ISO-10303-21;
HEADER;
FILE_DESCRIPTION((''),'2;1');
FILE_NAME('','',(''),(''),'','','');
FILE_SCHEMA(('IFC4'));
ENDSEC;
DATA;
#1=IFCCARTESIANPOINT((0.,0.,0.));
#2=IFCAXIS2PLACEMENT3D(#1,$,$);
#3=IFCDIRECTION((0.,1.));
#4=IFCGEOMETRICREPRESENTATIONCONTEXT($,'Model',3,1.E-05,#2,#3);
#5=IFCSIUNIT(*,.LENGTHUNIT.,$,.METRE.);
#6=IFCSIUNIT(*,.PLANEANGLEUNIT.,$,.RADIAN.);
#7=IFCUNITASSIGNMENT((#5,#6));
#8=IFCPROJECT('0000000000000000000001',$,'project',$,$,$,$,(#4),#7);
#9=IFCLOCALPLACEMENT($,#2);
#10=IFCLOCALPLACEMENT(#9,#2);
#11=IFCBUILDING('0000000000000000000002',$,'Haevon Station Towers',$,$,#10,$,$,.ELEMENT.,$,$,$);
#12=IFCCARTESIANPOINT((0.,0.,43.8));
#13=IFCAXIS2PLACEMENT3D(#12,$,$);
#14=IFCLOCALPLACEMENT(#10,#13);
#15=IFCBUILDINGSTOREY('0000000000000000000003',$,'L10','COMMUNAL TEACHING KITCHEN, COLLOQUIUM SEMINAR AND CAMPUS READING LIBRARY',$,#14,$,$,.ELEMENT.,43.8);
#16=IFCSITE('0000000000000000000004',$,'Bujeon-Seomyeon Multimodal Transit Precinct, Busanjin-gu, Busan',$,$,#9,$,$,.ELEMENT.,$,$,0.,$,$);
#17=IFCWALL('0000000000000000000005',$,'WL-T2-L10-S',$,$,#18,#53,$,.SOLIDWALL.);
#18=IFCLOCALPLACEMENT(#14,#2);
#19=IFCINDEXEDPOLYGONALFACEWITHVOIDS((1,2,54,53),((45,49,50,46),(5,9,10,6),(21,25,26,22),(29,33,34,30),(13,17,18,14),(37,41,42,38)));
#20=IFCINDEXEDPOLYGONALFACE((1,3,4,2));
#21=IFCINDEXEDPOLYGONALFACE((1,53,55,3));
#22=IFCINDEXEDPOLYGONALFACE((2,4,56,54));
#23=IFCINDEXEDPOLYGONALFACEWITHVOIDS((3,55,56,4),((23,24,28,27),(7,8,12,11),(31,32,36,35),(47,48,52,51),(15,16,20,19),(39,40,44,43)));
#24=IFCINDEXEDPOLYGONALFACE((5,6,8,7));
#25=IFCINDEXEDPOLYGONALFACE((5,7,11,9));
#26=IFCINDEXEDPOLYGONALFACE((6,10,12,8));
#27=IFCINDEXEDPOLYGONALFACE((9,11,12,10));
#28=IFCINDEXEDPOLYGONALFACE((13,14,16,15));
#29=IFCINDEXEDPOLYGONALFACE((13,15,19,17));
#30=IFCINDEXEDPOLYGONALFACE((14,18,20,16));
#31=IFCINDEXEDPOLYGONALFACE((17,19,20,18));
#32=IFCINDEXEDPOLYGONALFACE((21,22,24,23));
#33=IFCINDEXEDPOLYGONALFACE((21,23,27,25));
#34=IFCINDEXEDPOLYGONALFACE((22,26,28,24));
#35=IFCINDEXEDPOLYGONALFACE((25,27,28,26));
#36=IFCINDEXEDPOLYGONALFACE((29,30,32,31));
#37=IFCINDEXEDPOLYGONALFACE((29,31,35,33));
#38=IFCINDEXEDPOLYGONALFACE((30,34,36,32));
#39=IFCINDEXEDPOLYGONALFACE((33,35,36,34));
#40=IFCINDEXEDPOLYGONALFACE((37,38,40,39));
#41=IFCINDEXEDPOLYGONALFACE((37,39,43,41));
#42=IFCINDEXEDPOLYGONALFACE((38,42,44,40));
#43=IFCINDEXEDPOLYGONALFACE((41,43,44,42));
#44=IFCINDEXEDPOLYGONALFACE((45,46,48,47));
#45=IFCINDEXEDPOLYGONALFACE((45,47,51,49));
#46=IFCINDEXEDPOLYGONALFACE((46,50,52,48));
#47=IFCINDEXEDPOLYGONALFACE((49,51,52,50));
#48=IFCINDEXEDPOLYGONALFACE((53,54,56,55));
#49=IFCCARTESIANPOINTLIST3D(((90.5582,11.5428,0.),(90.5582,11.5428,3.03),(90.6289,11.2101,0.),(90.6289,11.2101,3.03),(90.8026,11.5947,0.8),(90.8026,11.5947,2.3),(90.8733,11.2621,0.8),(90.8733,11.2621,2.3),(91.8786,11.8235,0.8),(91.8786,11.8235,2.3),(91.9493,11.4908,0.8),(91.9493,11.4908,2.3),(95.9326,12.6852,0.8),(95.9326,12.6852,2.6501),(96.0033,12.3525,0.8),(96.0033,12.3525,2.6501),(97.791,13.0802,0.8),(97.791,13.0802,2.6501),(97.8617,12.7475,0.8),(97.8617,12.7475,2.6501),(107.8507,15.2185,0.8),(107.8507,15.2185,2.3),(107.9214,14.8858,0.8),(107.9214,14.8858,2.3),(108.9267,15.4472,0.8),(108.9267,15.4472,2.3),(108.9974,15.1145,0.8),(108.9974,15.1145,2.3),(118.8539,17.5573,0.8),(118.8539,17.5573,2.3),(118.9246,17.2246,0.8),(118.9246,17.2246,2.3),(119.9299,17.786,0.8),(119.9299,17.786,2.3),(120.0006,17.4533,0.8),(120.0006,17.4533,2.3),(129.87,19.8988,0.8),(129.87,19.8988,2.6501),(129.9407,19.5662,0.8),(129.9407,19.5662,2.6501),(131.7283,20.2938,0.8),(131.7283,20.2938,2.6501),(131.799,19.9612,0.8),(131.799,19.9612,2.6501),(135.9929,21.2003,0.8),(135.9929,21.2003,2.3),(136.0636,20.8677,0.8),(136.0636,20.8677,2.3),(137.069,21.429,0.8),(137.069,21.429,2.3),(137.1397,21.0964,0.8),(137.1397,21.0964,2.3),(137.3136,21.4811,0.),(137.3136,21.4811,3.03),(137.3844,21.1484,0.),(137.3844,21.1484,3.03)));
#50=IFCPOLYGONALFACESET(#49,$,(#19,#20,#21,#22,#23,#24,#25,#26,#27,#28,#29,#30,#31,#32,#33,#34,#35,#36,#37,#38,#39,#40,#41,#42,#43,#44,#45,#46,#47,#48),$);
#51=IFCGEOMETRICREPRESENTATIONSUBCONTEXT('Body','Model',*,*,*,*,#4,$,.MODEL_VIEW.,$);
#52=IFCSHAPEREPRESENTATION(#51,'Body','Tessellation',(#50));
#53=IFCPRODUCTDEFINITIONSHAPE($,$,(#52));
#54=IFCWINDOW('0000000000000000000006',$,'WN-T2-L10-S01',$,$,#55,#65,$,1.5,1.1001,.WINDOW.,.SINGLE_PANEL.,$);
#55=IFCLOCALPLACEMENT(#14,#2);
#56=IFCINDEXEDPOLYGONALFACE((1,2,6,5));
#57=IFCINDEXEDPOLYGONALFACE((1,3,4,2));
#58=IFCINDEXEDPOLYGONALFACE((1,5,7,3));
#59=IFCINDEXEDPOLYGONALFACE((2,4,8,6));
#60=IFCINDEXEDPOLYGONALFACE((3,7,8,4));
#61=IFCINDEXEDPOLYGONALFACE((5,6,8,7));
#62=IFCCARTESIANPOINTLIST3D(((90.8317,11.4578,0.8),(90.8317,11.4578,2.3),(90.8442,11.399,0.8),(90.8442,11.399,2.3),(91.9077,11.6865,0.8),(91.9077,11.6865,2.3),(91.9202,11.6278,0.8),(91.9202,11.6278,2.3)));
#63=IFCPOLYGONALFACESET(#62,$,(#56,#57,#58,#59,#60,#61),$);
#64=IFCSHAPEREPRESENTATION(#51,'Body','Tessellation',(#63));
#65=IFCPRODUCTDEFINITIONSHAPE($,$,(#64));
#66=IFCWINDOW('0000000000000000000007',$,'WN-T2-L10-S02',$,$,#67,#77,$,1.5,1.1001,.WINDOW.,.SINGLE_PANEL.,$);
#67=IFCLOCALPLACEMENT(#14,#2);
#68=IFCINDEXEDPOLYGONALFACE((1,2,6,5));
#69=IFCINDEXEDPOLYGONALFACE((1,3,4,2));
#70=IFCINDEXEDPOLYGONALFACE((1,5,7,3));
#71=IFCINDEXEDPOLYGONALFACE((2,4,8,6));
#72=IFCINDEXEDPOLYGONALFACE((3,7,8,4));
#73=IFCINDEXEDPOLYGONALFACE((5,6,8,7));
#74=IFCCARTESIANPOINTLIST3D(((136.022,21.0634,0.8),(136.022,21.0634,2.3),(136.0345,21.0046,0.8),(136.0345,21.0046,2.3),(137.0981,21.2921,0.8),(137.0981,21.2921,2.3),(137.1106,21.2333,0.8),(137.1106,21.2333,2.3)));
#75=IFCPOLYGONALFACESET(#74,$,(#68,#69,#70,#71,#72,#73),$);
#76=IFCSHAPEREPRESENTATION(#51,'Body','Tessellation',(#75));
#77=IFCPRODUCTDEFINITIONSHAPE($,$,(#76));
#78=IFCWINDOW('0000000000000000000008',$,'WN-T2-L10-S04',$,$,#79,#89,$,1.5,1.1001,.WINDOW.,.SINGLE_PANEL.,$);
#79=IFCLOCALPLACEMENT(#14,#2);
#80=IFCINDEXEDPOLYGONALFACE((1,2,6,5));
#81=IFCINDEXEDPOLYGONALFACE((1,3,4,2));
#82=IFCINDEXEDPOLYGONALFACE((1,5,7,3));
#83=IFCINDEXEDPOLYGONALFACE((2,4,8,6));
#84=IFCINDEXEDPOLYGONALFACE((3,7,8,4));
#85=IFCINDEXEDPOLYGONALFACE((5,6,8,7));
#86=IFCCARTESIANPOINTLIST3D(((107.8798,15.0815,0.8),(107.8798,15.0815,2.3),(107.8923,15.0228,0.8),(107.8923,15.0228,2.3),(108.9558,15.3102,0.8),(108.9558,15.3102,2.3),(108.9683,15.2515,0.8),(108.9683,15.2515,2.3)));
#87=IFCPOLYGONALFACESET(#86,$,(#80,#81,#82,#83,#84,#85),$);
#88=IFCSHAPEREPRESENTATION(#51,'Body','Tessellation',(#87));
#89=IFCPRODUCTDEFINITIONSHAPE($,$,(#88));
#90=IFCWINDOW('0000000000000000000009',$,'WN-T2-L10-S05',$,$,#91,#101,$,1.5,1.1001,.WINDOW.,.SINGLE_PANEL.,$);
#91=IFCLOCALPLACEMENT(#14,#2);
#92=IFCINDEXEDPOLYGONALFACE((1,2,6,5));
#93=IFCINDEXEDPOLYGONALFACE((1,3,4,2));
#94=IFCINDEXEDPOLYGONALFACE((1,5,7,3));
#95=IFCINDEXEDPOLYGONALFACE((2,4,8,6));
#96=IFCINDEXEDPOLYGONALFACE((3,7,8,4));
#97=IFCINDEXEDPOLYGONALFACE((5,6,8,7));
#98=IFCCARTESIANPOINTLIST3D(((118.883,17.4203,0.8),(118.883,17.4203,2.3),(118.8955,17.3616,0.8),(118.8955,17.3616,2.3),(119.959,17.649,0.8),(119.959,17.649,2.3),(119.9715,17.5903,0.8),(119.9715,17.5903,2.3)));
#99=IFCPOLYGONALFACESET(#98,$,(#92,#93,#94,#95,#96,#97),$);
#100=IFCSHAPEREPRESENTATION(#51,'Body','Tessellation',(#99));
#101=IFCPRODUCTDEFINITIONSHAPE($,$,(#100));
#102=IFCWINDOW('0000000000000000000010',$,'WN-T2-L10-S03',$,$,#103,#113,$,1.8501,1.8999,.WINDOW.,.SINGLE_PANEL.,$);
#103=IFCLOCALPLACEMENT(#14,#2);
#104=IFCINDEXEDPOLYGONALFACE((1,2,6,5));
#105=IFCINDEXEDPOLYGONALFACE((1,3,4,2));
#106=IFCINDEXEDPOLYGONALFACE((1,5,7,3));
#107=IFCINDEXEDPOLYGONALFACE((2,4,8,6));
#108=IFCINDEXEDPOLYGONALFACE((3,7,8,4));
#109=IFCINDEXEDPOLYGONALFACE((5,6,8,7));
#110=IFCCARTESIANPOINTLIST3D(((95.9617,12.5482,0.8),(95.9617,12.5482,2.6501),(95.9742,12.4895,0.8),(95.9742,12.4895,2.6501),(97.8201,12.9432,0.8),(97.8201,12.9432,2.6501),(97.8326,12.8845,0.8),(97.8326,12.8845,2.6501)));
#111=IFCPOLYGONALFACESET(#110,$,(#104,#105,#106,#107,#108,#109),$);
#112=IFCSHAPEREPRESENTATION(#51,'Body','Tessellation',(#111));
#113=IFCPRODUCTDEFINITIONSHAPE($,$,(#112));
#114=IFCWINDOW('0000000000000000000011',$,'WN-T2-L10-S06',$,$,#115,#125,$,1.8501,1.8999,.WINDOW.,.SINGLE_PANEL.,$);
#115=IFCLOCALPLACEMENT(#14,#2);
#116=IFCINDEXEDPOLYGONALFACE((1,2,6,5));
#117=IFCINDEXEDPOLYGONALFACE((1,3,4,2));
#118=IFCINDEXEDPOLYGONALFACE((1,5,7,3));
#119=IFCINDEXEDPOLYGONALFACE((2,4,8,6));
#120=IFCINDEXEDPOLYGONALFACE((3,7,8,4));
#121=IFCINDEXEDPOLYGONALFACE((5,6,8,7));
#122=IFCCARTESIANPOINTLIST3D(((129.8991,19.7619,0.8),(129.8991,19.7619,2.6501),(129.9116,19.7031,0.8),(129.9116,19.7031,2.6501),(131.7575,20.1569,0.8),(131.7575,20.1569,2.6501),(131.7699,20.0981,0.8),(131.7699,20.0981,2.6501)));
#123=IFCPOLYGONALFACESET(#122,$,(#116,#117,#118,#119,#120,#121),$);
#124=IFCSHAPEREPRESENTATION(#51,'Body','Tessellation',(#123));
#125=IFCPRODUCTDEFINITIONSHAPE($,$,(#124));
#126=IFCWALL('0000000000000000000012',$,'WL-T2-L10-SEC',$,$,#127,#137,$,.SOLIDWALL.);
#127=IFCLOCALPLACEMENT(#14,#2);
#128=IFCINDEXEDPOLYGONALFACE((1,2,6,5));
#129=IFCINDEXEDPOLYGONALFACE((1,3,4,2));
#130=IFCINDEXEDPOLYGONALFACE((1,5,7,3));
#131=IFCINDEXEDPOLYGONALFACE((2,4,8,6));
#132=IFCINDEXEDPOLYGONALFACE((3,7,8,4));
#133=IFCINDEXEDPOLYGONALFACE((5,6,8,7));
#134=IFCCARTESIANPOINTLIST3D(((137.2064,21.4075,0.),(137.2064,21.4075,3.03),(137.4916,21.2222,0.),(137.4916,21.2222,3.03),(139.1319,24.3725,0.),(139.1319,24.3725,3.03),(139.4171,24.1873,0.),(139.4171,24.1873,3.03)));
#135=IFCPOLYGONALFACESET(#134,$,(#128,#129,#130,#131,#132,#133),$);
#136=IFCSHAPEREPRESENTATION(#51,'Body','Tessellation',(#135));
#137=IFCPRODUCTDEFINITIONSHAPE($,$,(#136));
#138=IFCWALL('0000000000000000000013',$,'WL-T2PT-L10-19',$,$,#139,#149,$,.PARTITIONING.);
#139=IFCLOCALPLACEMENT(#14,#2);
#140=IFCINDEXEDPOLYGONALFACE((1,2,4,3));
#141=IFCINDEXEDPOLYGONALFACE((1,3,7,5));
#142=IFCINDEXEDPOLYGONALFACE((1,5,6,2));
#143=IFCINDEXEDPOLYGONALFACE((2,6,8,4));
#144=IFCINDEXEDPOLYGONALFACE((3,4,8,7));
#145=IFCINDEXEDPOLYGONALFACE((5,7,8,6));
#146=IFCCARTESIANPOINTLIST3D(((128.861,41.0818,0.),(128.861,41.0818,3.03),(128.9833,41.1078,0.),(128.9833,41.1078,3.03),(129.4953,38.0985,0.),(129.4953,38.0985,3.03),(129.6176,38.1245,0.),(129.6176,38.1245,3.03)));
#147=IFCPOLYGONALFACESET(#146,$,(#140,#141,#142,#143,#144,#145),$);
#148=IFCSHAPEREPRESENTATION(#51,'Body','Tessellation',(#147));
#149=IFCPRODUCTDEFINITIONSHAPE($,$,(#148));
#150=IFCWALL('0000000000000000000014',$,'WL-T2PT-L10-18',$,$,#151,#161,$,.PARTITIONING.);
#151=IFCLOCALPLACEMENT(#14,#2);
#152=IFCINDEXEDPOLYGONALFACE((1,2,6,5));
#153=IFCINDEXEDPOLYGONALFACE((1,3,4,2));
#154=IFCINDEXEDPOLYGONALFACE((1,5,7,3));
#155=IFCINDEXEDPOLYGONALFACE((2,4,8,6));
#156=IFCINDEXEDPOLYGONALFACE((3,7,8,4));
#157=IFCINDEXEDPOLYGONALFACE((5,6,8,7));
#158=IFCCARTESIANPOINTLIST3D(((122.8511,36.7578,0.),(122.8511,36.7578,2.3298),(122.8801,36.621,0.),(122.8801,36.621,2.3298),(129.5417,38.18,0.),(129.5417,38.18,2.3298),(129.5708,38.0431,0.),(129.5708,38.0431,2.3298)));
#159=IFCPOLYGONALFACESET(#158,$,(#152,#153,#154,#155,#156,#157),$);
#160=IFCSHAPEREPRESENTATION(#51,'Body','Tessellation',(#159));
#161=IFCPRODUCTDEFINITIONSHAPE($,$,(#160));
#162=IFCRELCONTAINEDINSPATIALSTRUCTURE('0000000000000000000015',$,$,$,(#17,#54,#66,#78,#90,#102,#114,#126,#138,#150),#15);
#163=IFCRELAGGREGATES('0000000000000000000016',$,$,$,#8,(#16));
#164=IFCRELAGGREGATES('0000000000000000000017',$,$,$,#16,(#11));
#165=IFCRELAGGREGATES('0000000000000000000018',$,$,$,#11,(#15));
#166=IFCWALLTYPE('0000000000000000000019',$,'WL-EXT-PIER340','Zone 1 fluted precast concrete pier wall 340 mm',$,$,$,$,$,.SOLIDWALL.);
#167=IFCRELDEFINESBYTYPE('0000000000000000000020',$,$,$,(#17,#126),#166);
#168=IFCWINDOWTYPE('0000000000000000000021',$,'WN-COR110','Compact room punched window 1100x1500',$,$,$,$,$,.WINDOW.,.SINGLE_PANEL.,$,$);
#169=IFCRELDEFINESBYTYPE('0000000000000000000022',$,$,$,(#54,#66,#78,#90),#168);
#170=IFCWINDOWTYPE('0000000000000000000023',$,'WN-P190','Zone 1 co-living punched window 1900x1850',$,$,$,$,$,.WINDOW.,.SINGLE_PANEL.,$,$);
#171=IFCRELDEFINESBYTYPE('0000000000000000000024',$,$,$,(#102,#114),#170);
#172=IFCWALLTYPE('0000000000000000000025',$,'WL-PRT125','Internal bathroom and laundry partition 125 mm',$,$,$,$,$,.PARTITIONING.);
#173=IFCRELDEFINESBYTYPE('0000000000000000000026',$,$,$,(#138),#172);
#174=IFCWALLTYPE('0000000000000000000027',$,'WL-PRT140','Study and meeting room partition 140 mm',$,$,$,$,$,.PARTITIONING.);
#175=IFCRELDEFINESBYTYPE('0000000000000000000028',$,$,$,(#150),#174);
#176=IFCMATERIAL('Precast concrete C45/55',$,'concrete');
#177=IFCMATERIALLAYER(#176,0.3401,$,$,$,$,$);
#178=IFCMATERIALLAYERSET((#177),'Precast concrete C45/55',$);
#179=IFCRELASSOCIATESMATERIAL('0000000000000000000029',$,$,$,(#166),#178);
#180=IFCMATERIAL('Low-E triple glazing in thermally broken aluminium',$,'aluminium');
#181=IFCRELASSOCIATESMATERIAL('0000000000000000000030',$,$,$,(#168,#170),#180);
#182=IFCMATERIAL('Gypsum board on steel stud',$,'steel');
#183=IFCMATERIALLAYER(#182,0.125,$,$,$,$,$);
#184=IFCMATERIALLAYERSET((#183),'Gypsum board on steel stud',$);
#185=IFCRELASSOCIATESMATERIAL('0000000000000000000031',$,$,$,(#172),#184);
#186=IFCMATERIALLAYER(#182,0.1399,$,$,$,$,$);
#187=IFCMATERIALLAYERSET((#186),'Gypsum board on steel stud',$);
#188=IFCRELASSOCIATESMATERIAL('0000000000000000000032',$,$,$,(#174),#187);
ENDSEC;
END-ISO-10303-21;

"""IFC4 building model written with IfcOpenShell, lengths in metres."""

from ifc_helpers import new_model, si_unit, direction, frame, frame_2d, origin, place, context, subcontext, project, spatial, rectangle, extrude, material, layer, layer_set, type_object, element, fill, save


model = new_model("IFC4")

# Units and contexts
model_context = context("Model", 3, precision=1e-05, world=origin(), true_north=direction((0.0, 1.0)))
body_context = subcontext(model_context, "Body", "Model", "MODEL_VIEW")
ifc_project = project(units=[si_unit("LENGTHUNIT", "METRE"), si_unit("PLANEANGLEUNIT", "RADIAN")], contexts=[model_context])

# Site, building, storey
site_placement = place(None, origin())
site = spatial("IfcSite", under=ifc_project, at=site_placement, Name="Bujeon-Seomyeon Multimodal Transit Precinct, Busanjin-gu, Busan", CompositionType="ELEMENT", RefElevation=0.0)
building_placement = place(site_placement, origin())
building = spatial("IfcBuilding", under=site, at=building_placement, Name="Haevon Station Towers", CompositionType="ELEMENT")
storey_placement = place(building_placement, frame((0.0, 0.0, 43.8)))
storey = spatial("IfcBuildingStorey", under=building, at=storey_placement, Name="L10", Description="COMMUNAL TEACHING KITCHEN, COLLOQUIUM SEMINAR AND CAMPUS READING LIBRARY", CompositionType="ELEMENT", Elevation=43.8)

# Wall, openings, windows
ifc_material_1 = material(Name="Precast concrete C45/55", Category="concrete")
ifc_layer_1 = layer(ifc_material_1, 0.3401)
ifc_layer_set_1 = layer_set([ifc_layer_1], Name="Precast concrete C45/55")
wall_type_1 = type_object("IfcWallType", Name="WL-EXT-PIER340", Description="Zone 1 fluted precast concrete pier wall 340 mm", PredefinedType="SOLIDWALL", material=ifc_layer_set_1)
wall_1_placement = place(storey_placement, frame((137.3489, 21.3147, 0.0), z_axis=(0.0, 0.0, 1.0), x_axis=(-0.978147, -0.207913, 0.0)))
wall_1 = element("IfcWall", 1, at=wall_1_placement, inside=storey, type_object=wall_type_1, Name="WL-T2-L10-S", PredefinedType="SOLIDWALL", context=body_context, shape_type="SweptSolid", body=[
    extrude(rectangle(XDim=47.8, YDim=0.3401, at=frame_2d((23.8999, 0.0))), origin(), (0.0, 0.0, 1.0), 3.03),
])
opening_1_placement = place(wall_1_placement, frame((46.45, 0.0, 0.8)))
opening_1 = element("IfcOpeningElement", 2, at=opening_1_placement, cuts=wall_1, PredefinedType="OPENING", context=body_context, shape_type="SweptSolid", body=[
    extrude(rectangle(XDim=1.1001, YDim=1.5, at=frame_2d((0.55, 0.75))), frame((0.0, 0.1799, 0.0), z_axis=(0.0, -1.0, 0.0), x_axis=(1.0, 0.0, 0.0)), (0.0, 0.0, 1.0), 0.3601),
])
opening_2_placement = place(wall_1_placement, frame((0.25, 0.0, 0.8)))
opening_2 = element("IfcOpeningElement", 3, at=opening_2_placement, cuts=wall_1, PredefinedType="OPENING", context=body_context, shape_type="SweptSolid", body=[
    extrude(rectangle(XDim=1.1001, YDim=1.5, at=frame_2d((0.55, 0.75))), frame((0.0, 0.1799, 0.0), z_axis=(0.0, -1.0, 0.0), x_axis=(1.0, 0.0, 0.0)), (0.0, 0.0, 1.0), 0.3601),
])
opening_3_placement = place(wall_1_placement, frame((40.4055, 0.0, 0.8)))
opening_3 = element("IfcOpeningElement", 4, at=opening_3_placement, cuts=wall_1, PredefinedType="OPENING", context=body_context, shape_type="SweptSolid", body=[
    extrude(rectangle(XDim=1.8999, YDim=1.8501, at=frame_2d((0.95, 0.925))), frame((0.0, 0.1799, 0.0), z_axis=(0.0, -1.0, 0.0), x_axis=(1.0, 0.0, 0.0)), (0.0, 0.0, 1.0), 0.3601),
])
opening_4_placement = place(wall_1_placement, frame((29.021, 0.0, 0.8)))
opening_4 = element("IfcOpeningElement", 5, at=opening_4_placement, cuts=wall_1, PredefinedType="OPENING", context=body_context, shape_type="SweptSolid", body=[
    extrude(rectangle(XDim=1.1001, YDim=1.5, at=frame_2d((0.55, 0.75))), frame((0.0, 0.1799, 0.0), z_axis=(0.0, -1.0, 0.0), x_axis=(1.0, 0.0, 0.0)), (0.0, 0.0, 1.0), 0.3601),
])
opening_5_placement = place(wall_1_placement, frame((17.772, 0.0, 0.8)))
opening_5 = element("IfcOpeningElement", 6, at=opening_5_placement, cuts=wall_1, PredefinedType="OPENING", context=body_context, shape_type="SweptSolid", body=[
    extrude(rectangle(XDim=1.1001, YDim=1.5, at=frame_2d((0.55, 0.75))), frame((0.0, 0.1799, 0.0), z_axis=(0.0, -1.0, 0.0), x_axis=(1.0, 0.0, 0.0)), (0.0, 0.0, 1.0), 0.3601),
])
opening_6_placement = place(wall_1_placement, frame((5.71, 0.0, 0.8)))
opening_6 = element("IfcOpeningElement", 7, at=opening_6_placement, cuts=wall_1, PredefinedType="OPENING", context=body_context, shape_type="SweptSolid", body=[
    extrude(rectangle(XDim=1.8999, YDim=1.8501, at=frame_2d((0.95, 0.925))), frame((0.0, 0.1799, 0.0), z_axis=(0.0, -1.0, 0.0), x_axis=(1.0, 0.0, 0.0)), (0.0, 0.0, 1.0), 0.3601),
])
ifc_material_2 = material(Name="Low-E triple glazing in thermally broken aluminium", Category="aluminium")
window_type_1 = type_object("IfcWindowType", Name="WN-COR110", Description="Compact room punched window 1100x1500", PartitioningType="SINGLE_PANEL", PredefinedType="WINDOW", material=ifc_material_2)
window_1_placement = place(opening_1_placement, origin())
window_1 = element("IfcWindow", 8, at=window_1_placement, inside=storey, type_object=window_type_1, Name="WN-T2-L10-S01", OverallHeight=1.5, OverallWidth=1.1001, PartitioningType="SINGLE_PANEL", PredefinedType="WINDOW", context=body_context, shape_type="SweptSolid", body=[
    extrude(rectangle(XDim=1.1001, YDim=1.5, at=frame_2d((0.55, 0.75))), frame((0.0, 0.03, 0.0), z_axis=(0.0, -1.0, 0.0), x_axis=(1.0, 0.0, 0.0)), (0.0, 0.0, 1.0), 0.0601),
])
fill(opening_1, window_1)
window_2_placement = place(opening_2_placement, origin())
window_2 = element("IfcWindow", 9, at=window_2_placement, inside=storey, type_object=window_type_1, Name="WN-T2-L10-S02", OverallHeight=1.5, OverallWidth=1.1001, PartitioningType="SINGLE_PANEL", PredefinedType="WINDOW", context=body_context, shape_type="SweptSolid", body=[
    extrude(rectangle(XDim=1.1001, YDim=1.5, at=frame_2d((0.55, 0.75))), frame((0.0, 0.03, 0.0), z_axis=(0.0, -1.0, 0.0), x_axis=(1.0, 0.0, 0.0)), (0.0, 0.0, 1.0), 0.0601),
])
fill(opening_2, window_2)
window_3_placement = place(opening_4_placement, origin())
window_3 = element("IfcWindow", 10, at=window_3_placement, inside=storey, type_object=window_type_1, Name="WN-T2-L10-S04", OverallHeight=1.5, OverallWidth=1.1001, PartitioningType="SINGLE_PANEL", PredefinedType="WINDOW", context=body_context, shape_type="SweptSolid", body=[
    extrude(rectangle(XDim=1.1001, YDim=1.5, at=frame_2d((0.55, 0.75))), frame((0.0, 0.03, 0.0), z_axis=(0.0, -1.0, 0.0), x_axis=(1.0, 0.0, 0.0)), (0.0, 0.0, 1.0), 0.0601),
])
fill(opening_4, window_3)
window_4_placement = place(opening_5_placement, origin())
window_4 = element("IfcWindow", 11, at=window_4_placement, inside=storey, type_object=window_type_1, Name="WN-T2-L10-S05", OverallHeight=1.5, OverallWidth=1.1001, PartitioningType="SINGLE_PANEL", PredefinedType="WINDOW", context=body_context, shape_type="SweptSolid", body=[
    extrude(rectangle(XDim=1.1001, YDim=1.5, at=frame_2d((0.55, 0.75))), frame((0.0, 0.03, 0.0), z_axis=(0.0, -1.0, 0.0), x_axis=(1.0, 0.0, 0.0)), (0.0, 0.0, 1.0), 0.0601),
])
fill(opening_5, window_4)
window_type_2 = type_object("IfcWindowType", Name="WN-P190", Description="Zone 1 co-living punched window 1900x1850", PartitioningType="SINGLE_PANEL", PredefinedType="WINDOW", material=ifc_material_2)
window_5_placement = place(opening_3_placement, origin())
window_5 = element("IfcWindow", 12, at=window_5_placement, inside=storey, type_object=window_type_2, Name="WN-T2-L10-S03", OverallHeight=1.8501, OverallWidth=1.8999, PartitioningType="SINGLE_PANEL", PredefinedType="WINDOW", context=body_context, shape_type="SweptSolid", body=[
    extrude(rectangle(XDim=1.8999, YDim=1.8501, at=frame_2d((0.95, 0.925))), frame((0.0, 0.03, 0.0), z_axis=(0.0, -1.0, 0.0), x_axis=(1.0, 0.0, 0.0)), (0.0, 0.0, 1.0), 0.0601),
])
fill(opening_3, window_5)
window_6_placement = place(opening_6_placement, origin())
window_6 = element("IfcWindow", 13, at=window_6_placement, inside=storey, type_object=window_type_2, Name="WN-T2-L10-S06", OverallHeight=1.8501, OverallWidth=1.8999, PartitioningType="SINGLE_PANEL", PredefinedType="WINDOW", context=body_context, shape_type="SweptSolid", body=[
    extrude(rectangle(XDim=1.8999, YDim=1.8501, at=frame_2d((0.95, 0.925))), frame((0.0, 0.03, 0.0), z_axis=(0.0, -1.0, 0.0), x_axis=(1.0, 0.0, 0.0)), (0.0, 0.0, 1.0), 0.0601),
])
fill(opening_6, window_6)

# Walls
wall_2_placement = place(storey_placement, frame((139.2744, 24.2798, 0.0), z_axis=(0.0, 0.0, 1.0), x_axis=(-0.544636, -0.838672, 0.0)))
element("IfcWall", 14, at=wall_2_placement, inside=storey, type_object=wall_type_1, Name="WL-T2-L10-SEC", PredefinedType="SOLIDWALL", context=body_context, shape_type="SweptSolid", body=[
    extrude(rectangle(XDim=3.5354, YDim=0.3401, at=frame_2d((1.7676, 0.0))), origin(), (0.0, 0.0, 1.0), 3.03),
])
ifc_material_3 = material(Name="Gypsum board on steel stud", Category="steel")
ifc_layer_2 = layer(ifc_material_3, 0.125)
ifc_layer_set_2 = layer_set([ifc_layer_2], Name="Gypsum board on steel stud")
wall_type_2 = type_object("IfcWallType", Name="WL-PRT125", Description="Internal bathroom and laundry partition 125 mm", PredefinedType="PARTITIONING", material=ifc_layer_set_2)
wall_3_placement = place(storey_placement, frame((129.5564, 38.1116, 0.0), z_axis=(0.0, 0.0, 1.0), x_axis=(-0.207954, 0.978139, 0.0)))
element("IfcWall", 15, at=wall_3_placement, inside=storey, type_object=wall_type_2, Name="WL-T2PT-L10-19", PredefinedType="PARTITIONING", context=body_context, shape_type="SweptSolid", body=[
    extrude(rectangle(XDim=3.05, YDim=0.125, at=frame_2d((1.5249, 0.0))), origin(), (0.0, 0.0, 1.0), 3.03),
])
ifc_layer_3 = layer(ifc_material_3, 0.1399)
ifc_layer_set_3 = layer_set([ifc_layer_3], Name="Gypsum board on steel stud")
wall_type_3 = type_object("IfcWallType", Name="WL-PRT140", Description="Study and meeting room partition 140 mm", PredefinedType="PARTITIONING", material=ifc_layer_set_3)
wall_4_placement = place(storey_placement, frame((122.8657, 36.6895, 0.0), z_axis=(0.0, 0.0, 1.0), x_axis=(0.978148, 0.207908, 0.0)))
element("IfcWall", 16, at=wall_4_placement, inside=storey, type_object=wall_type_3, Name="WL-T2PT-L10-18", PredefinedType="PARTITIONING", context=body_context, shape_type="SweptSolid", body=[
    extrude(rectangle(XDim=6.8401, YDim=0.1399, at=frame_2d((3.4199, 0.0))), origin(), (0.0, 0.0, 1.0), 2.3298),
])

save(model, "model.ifc")
